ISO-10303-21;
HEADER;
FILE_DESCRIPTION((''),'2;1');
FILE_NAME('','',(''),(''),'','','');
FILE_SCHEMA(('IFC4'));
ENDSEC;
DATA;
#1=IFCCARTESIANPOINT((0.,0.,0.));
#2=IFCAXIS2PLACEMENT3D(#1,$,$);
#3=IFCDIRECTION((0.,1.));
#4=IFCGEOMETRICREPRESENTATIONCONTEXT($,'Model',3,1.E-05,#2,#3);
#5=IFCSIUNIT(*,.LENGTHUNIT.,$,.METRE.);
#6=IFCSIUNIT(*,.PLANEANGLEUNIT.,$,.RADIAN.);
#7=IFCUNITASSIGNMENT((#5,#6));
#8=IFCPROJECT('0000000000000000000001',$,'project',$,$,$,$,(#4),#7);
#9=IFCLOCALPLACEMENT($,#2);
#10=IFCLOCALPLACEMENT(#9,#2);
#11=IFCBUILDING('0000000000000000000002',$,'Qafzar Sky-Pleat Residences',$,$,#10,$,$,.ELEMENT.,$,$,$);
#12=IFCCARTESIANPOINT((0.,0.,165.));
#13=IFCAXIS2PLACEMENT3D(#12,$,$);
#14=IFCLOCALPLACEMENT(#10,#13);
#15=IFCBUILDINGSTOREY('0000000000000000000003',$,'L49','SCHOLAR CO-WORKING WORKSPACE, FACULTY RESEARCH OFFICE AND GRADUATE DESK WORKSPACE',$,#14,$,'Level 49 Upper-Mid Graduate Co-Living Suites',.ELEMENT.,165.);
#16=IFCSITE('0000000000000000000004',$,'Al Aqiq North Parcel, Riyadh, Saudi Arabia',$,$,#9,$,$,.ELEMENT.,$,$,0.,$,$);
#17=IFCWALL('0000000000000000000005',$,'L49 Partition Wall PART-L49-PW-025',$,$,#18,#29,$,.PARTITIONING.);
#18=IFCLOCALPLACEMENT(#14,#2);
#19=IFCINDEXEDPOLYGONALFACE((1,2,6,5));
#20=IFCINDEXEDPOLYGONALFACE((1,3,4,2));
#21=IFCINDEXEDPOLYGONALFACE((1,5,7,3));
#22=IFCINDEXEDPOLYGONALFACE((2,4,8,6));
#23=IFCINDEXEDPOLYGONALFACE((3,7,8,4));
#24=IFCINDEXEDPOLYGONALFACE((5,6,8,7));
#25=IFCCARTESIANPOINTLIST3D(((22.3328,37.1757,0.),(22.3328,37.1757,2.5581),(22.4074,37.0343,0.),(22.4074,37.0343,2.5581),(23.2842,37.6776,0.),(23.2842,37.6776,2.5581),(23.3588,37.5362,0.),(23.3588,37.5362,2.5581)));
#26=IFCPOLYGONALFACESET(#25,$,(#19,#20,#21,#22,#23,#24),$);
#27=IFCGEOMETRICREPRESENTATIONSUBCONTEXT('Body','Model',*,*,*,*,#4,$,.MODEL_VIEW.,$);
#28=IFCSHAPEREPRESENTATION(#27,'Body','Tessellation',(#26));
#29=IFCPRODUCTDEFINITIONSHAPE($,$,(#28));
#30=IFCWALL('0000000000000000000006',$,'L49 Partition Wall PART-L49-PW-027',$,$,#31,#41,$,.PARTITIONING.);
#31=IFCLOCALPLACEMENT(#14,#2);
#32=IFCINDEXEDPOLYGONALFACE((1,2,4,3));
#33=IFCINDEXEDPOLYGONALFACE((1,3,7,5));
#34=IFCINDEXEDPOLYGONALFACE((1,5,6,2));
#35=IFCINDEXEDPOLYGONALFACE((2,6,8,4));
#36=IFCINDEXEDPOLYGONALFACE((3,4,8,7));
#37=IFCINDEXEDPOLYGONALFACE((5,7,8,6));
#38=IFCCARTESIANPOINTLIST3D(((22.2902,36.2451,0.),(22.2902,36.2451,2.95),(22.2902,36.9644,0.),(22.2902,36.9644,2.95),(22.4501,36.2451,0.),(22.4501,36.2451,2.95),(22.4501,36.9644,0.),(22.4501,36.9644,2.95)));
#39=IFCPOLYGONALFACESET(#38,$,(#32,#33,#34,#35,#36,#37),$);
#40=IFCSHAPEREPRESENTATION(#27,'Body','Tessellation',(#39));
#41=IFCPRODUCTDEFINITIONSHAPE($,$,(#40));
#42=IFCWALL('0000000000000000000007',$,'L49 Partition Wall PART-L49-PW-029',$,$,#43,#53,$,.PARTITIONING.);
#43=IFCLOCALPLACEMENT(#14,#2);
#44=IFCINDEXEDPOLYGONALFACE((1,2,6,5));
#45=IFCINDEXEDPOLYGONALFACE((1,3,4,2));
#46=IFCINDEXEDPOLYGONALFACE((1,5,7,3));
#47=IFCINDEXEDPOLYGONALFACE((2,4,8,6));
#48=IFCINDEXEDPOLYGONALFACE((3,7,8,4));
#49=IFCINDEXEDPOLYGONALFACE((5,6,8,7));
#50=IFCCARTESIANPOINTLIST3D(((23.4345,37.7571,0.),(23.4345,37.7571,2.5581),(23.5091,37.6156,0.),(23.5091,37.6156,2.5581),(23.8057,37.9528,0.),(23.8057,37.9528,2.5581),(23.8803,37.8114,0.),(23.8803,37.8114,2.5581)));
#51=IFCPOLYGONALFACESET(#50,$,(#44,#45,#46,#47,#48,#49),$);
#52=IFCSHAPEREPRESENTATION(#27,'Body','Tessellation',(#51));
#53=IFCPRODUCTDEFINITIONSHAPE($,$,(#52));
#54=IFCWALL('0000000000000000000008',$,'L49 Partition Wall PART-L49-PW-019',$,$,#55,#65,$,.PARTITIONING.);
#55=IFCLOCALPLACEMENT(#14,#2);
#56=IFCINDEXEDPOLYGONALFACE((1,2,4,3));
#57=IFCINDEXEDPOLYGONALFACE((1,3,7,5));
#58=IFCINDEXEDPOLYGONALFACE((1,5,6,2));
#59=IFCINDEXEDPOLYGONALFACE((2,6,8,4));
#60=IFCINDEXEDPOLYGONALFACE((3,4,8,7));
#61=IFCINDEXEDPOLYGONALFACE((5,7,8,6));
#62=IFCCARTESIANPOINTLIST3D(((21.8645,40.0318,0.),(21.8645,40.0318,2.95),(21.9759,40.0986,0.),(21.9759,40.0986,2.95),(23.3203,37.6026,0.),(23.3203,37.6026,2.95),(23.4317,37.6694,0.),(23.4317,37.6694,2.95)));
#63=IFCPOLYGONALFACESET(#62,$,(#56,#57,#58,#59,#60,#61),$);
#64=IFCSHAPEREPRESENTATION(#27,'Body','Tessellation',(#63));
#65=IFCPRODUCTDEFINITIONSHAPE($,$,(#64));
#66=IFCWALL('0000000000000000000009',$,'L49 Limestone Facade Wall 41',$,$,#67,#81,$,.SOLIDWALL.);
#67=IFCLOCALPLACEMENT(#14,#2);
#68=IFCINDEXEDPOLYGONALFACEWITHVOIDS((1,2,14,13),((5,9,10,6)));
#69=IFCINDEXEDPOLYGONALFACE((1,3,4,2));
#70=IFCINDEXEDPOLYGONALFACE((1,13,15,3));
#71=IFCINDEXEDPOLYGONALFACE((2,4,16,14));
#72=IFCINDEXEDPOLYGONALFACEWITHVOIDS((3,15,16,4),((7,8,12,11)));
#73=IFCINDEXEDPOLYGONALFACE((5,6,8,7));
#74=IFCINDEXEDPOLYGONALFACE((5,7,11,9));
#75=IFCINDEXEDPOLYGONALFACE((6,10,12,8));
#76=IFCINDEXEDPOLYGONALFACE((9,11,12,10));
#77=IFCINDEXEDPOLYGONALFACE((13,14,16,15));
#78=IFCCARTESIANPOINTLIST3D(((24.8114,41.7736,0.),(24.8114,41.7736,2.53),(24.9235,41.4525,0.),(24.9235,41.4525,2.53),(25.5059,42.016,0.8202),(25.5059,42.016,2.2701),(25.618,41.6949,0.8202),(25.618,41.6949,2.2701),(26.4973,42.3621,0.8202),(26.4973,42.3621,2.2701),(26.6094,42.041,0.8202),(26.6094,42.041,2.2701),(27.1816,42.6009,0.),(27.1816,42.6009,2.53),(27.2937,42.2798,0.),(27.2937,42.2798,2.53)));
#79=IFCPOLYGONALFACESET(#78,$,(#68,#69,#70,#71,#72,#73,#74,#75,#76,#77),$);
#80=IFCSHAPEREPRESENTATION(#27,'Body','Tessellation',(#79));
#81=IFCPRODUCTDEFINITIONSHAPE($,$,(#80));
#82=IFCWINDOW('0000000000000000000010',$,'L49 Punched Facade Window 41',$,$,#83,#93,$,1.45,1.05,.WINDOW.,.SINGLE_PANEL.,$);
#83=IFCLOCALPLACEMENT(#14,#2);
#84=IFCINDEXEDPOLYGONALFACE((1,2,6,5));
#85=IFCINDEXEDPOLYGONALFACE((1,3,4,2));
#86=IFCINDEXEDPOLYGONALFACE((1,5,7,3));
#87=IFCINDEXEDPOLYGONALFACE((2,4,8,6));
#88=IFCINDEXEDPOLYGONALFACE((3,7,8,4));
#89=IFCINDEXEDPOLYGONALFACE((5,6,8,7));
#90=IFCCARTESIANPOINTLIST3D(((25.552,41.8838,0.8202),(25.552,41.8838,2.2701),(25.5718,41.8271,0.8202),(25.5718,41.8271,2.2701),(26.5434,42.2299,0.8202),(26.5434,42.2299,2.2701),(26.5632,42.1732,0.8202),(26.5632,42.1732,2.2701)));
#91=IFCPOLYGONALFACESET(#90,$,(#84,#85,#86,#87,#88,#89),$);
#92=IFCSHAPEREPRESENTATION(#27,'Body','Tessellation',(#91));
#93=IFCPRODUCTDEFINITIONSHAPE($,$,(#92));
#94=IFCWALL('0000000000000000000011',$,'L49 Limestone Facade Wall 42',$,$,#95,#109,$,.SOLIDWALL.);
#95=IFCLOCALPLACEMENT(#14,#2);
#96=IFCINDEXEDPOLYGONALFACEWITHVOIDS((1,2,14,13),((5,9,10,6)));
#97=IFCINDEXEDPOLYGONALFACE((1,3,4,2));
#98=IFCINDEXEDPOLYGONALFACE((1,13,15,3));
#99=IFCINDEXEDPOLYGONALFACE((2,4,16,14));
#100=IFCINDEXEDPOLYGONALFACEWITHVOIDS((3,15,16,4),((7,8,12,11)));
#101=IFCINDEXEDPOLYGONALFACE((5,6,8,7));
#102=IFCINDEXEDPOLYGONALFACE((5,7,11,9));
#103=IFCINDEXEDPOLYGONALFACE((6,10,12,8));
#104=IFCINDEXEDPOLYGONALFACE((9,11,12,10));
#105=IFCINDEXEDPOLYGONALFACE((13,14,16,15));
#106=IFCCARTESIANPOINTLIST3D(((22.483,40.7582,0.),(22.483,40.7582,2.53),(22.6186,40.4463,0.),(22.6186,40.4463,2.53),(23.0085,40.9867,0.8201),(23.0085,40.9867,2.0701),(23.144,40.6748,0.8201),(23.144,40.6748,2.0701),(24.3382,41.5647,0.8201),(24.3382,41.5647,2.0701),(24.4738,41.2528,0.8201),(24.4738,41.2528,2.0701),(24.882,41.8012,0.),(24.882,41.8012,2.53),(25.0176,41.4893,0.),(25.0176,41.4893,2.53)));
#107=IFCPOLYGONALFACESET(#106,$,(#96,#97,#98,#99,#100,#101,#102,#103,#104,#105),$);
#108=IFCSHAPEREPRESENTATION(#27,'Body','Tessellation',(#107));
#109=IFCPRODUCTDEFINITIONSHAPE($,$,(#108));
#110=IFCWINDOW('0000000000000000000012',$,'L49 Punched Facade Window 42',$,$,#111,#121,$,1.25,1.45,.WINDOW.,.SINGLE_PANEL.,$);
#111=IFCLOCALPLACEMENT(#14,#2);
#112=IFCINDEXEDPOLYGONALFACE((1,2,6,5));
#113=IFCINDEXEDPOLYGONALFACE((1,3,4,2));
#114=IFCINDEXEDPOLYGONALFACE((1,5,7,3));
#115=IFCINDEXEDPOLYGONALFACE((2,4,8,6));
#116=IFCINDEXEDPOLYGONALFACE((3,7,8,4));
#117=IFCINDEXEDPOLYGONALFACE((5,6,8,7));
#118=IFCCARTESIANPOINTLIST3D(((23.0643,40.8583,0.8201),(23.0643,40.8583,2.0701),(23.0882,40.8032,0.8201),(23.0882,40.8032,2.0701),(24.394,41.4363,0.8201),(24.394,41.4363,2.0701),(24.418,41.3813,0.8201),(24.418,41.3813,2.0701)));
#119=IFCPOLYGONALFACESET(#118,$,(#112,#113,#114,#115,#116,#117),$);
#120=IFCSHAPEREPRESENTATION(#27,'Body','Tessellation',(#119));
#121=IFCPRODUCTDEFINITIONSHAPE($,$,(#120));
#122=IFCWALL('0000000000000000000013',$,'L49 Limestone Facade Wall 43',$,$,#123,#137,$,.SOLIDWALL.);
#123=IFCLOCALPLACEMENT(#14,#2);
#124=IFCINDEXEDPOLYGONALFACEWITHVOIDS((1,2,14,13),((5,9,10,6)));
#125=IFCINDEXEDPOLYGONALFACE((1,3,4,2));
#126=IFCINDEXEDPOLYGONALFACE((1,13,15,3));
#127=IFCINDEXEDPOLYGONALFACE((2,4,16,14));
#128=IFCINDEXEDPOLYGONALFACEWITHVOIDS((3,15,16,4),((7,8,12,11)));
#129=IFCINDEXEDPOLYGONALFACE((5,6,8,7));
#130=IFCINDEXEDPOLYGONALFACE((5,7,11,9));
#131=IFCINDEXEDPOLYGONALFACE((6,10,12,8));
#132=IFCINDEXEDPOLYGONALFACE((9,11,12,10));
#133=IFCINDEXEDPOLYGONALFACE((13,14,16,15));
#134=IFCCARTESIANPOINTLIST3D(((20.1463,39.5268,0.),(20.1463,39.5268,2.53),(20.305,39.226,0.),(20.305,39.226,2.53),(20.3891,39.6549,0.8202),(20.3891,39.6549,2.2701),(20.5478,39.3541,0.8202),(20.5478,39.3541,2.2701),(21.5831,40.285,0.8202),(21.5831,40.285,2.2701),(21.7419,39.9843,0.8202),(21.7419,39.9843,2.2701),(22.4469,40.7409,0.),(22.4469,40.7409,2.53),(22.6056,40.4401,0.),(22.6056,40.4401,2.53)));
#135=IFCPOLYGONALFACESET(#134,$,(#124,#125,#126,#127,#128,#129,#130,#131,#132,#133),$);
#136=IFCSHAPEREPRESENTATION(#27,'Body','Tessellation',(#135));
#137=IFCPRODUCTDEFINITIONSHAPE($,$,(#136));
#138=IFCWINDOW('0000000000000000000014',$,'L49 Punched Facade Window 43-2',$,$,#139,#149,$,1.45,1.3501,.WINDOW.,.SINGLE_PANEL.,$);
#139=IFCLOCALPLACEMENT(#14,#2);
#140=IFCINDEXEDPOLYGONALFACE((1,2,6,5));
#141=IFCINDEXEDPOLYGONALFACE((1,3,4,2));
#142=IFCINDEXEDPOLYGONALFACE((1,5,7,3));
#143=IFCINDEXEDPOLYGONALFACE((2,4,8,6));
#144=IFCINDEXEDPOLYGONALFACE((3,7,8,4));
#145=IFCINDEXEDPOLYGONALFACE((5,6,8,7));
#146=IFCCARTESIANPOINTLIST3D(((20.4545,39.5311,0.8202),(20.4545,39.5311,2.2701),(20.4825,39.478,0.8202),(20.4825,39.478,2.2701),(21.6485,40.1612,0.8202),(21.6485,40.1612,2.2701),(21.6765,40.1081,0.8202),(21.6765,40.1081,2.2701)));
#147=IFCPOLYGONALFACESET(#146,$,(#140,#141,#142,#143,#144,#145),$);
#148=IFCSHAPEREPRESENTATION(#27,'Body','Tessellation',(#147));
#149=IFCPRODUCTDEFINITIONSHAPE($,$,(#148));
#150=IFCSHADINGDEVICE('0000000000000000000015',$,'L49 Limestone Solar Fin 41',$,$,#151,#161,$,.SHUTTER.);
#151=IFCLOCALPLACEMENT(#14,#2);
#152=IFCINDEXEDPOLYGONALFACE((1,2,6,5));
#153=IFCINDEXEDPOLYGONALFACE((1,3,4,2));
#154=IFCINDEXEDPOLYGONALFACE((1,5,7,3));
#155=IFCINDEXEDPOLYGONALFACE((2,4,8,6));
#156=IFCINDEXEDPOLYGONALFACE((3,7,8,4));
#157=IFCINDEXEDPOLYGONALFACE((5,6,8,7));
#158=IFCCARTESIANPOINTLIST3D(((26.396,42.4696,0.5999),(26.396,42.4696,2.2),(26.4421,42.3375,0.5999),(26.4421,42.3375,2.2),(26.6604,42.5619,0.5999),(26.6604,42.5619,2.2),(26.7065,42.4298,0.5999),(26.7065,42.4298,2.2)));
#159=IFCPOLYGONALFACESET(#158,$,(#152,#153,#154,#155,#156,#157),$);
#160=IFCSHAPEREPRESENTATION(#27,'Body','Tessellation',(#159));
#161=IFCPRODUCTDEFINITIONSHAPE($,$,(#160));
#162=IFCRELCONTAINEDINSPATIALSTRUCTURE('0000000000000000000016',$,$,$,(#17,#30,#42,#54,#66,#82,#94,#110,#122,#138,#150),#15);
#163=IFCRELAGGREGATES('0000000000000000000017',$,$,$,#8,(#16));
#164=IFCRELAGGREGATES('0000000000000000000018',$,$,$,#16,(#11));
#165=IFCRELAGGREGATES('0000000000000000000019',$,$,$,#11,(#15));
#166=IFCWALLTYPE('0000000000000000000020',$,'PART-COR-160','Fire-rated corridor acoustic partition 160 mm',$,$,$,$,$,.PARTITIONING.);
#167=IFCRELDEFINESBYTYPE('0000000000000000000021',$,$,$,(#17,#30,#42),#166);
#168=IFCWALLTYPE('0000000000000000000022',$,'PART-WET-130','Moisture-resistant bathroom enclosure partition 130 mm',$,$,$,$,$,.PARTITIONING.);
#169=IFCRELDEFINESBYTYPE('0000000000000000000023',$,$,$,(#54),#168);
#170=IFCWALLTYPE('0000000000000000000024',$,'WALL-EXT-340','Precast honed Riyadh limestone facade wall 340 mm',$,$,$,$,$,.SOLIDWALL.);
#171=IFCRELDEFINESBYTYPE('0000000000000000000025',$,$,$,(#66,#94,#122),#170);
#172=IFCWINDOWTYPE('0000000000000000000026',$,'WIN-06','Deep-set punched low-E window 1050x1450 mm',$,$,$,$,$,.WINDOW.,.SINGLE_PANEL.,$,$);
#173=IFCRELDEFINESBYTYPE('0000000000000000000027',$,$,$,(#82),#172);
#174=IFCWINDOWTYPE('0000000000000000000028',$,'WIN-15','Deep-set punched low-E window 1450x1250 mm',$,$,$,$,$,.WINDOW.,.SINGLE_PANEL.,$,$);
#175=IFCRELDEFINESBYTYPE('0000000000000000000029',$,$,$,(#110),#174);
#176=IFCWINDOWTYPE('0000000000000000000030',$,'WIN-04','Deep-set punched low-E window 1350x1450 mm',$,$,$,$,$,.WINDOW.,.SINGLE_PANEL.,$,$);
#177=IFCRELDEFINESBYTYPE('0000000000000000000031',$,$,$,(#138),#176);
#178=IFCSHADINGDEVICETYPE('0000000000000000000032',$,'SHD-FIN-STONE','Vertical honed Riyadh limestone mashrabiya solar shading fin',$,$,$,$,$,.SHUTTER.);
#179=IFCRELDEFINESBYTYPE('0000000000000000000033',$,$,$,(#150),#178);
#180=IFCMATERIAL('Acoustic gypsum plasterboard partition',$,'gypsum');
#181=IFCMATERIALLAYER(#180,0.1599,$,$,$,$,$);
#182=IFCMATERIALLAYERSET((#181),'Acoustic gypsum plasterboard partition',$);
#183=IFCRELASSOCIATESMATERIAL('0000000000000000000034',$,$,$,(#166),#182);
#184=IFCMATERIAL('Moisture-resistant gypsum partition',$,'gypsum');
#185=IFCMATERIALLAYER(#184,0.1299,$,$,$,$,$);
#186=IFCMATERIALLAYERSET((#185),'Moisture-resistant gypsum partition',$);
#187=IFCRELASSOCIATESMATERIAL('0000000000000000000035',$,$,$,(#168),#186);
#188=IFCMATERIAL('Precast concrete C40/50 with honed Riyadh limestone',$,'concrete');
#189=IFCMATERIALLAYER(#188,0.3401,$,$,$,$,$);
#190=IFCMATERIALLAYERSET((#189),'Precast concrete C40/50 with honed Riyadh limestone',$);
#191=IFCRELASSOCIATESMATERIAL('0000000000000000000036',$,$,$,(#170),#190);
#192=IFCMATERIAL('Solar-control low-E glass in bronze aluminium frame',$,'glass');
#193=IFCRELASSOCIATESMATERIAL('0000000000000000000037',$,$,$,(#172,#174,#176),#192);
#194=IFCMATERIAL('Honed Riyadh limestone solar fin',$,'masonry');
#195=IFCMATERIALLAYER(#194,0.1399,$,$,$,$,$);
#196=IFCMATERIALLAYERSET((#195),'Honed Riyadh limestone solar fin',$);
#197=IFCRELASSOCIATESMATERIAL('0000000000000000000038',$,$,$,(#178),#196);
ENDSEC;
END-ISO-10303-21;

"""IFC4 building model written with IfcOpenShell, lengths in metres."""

from ifc_helpers import new_model, si_unit, direction, frame, frame_2d, origin, origin_2d, place, context, subcontext, project, spatial, rectangle, extrude, source, transform, mapped, material, layer, layer_set, type_object, element, fill, save


model = new_model("IFC4")

# Units and contexts
model_context = context("Model", 3, precision=1e-05, world=origin(), true_north=direction((0.0, 1.0)))
body_context = subcontext(model_context, "Body", "Model", "MODEL_VIEW")
ifc_project = project(units=[si_unit("LENGTHUNIT", "METRE"), si_unit("PLANEANGLEUNIT", "RADIAN")], contexts=[model_context])

# Site, building, storey
site_placement = place(None, origin())
site = spatial("IfcSite", under=ifc_project, at=site_placement, Name="Al Aqiq North Parcel, Riyadh, Saudi Arabia", CompositionType="ELEMENT", RefElevation=0.0)
building_placement = place(site_placement, origin())
building = spatial("IfcBuilding", under=site, at=building_placement, Name="Qafzar Sky-Pleat Residences", CompositionType="ELEMENT")
storey_placement = place(building_placement, frame((0.0, 0.0, 165.0)))
storey = spatial("IfcBuildingStorey", under=building, at=storey_placement, Name="L49", Description="SCHOLAR CO-WORKING WORKSPACE, FACULTY RESEARCH OFFICE AND GRADUATE DESK WORKSPACE", LongName="Level 49 Upper-Mid Graduate Co-Living Suites", CompositionType="ELEMENT", Elevation=165.0)

# Walls
ifc_material_1 = material(Name="Acoustic gypsum plasterboard partition", Category="gypsum")
ifc_layer_1 = layer(ifc_material_1, 0.1599)
ifc_layer_set_1 = layer_set([ifc_layer_1], Name="Acoustic gypsum plasterboard partition")
wall_type_1 = type_object("IfcWallType", Name="PART-COR-160", Description="Fire-rated corridor acoustic partition 160 mm", PredefinedType="PARTITIONING", material=ifc_layer_set_1)
wall_1_placement = place(storey_placement, frame((22.3701, 37.105, 0.0), z_axis=(0.0, 0.0, 1.0), x_axis=(0.884455, 0.466625, 0.0)))
element("IfcWall", 1, at=wall_1_placement, inside=storey, type_object=wall_type_1, Name="L49 Partition Wall PART-L49-PW-025", PredefinedType="PARTITIONING", context=body_context, shape_type="SweptSolid", body=[
    extrude(rectangle(XDim=1.0757, YDim=0.1599, at=frame_2d((0.5378, 0.0))), origin(), (0.0, 0.0, 1.0), 2.5581),
])
wall_2_placement = place(storey_placement, frame((22.3701, 36.2451, 0.0), z_axis=(0.0, 0.0, 1.0), x_axis=(0.0, 1.0, 0.0)))
element("IfcWall", 2, at=wall_2_placement, inside=storey, type_object=wall_type_1, Name="L49 Partition Wall PART-L49-PW-027", PredefinedType="PARTITIONING", context=body_context, shape_type="SweptSolid", body=[
    extrude(rectangle(XDim=0.7192, YDim=0.1599, at=frame_2d((0.3596, 0.0))), origin(), (0.0, 0.0, 1.0), 2.95),
])
wall_3_placement = place(storey_placement, frame((23.4717, 37.6863, 0.0), z_axis=(0.0, 0.0, 1.0), x_axis=(0.884565, 0.466417, 0.0)))
element("IfcWall", 3, at=wall_3_placement, inside=storey, type_object=wall_type_1, Name="L49 Partition Wall PART-L49-PW-029", PredefinedType="PARTITIONING", context=body_context, shape_type="SweptSolid", body=[
    extrude(rectangle(XDim=0.4197, YDim=0.1599, at=frame_2d((0.21, 0.0))), origin(), (0.0, 0.0, 1.0), 2.5581),
])
ifc_material_2 = material(Name="Moisture-resistant gypsum partition", Category="gypsum")
ifc_layer_2 = layer(ifc_material_2, 0.1299)
ifc_layer_set_2 = layer_set([ifc_layer_2], Name="Moisture-resistant gypsum partition")
wall_type_2 = type_object("IfcWallType", Name="PART-WET-130", Description="Moisture-resistant bathroom enclosure partition 130 mm", PredefinedType="PARTITIONING", material=ifc_layer_set_2)
wall_4_placement = place(storey_placement, frame((21.9202, 40.0652, 0.0), z_axis=(0.0, 0.0, 1.0), x_axis=(0.514052, -0.857759, 0.0)))
element("IfcWall", 4, at=wall_4_placement, inside=storey, type_object=wall_type_2, Name="L49 Partition Wall PART-L49-PW-019", PredefinedType="PARTITIONING", context=body_context, shape_type="SweptSolid", body=[
    extrude(rectangle(XDim=2.832, YDim=0.1299, at=frame_2d((1.416, 0.0))), origin(), (0.0, 0.0, 1.0), 2.95),
])

# Walls, openings, windows
ifc_material_3 = material(Name="Precast concrete C40/50 with honed Riyadh limestone", Category="concrete")
ifc_layer_3 = layer(ifc_material_3, 0.3401)
ifc_layer_set_3 = layer_set([ifc_layer_3], Name="Precast concrete C40/50 with honed Riyadh limestone")
wall_type_3 = type_object("IfcWallType", Name="WALL-EXT-340", Description="Precast honed Riyadh limestone facade wall 340 mm", PredefinedType="SOLIDWALL", material=ifc_layer_set_3)
wall_5_placement = place(storey_placement, frame((27.2378, 42.4404, 0.0), z_axis=(0.0, 0.0, 1.0), x_axis=(-0.944135, -0.329558, 0.0)))
wall_5 = element("IfcWall", 5, at=wall_5_placement, inside=storey, type_object=wall_type_3, Name="L49 Limestone Facade Wall 41", PredefinedType="SOLIDWALL", context=body_context, shape_type="SweptSolid", body=[
    extrude(rectangle(XDim=2.5105, YDim=0.3401, at=frame_2d((1.2554, 0.0))), origin(), (0.0, 0.0, 1.0), 2.53),
])
opening_1_placement = place(wall_5_placement, frame((0.7251, 0.0, 0.8201)))
opening_1 = element("IfcOpeningElement", 6, at=opening_1_placement, cuts=wall_5, PredefinedType="OPENING", context=body_context, shape_type="SweptSolid", body=[
    extrude(rectangle(XDim=1.05, YDim=1.45, at=frame_2d((0.5249, 0.7251))), frame((0.0, 0.1802, 0.0), z_axis=(0.0, -1.0, 0.0), x_axis=(1.0, 0.0, 0.0)), (0.0, 0.0, 1.0), 0.3601),
])
ifc_material_4 = material(Name="Solar-control low-E glass in bronze aluminium frame", Category="glass")
window_type_1 = type_object("IfcWindowType", Name="WIN-06", Description="Deep-set punched low-E window 1050x1450 mm", PartitioningType="SINGLE_PANEL", PredefinedType="WINDOW", material=ifc_material_4)
shared_shape_1 = source(origin(), body_context, "Body", "SweptSolid", [
    extrude(rectangle(XDim=1.05, YDim=1.45, at=frame_2d((0.5249, 0.7251))), frame((0.0, 0.03, 0.0), z_axis=(0.0, -1.0, 0.0), x_axis=(1.0, 0.0, 0.0)), (0.0, 0.0, 1.0), 0.0601),
])
window_1_placement = place(opening_1_placement, origin())
window_1 = element("IfcWindow", 7, at=window_1_placement, inside=storey, type_object=window_type_1, Name="L49 Punched Facade Window 41", OverallHeight=1.45, OverallWidth=1.05, PartitioningType="SINGLE_PANEL", PredefinedType="WINDOW", context=body_context, shape_type="MappedRepresentation", body=[
    mapped(shared_shape_1, transform((0.0, 0.0, 0.0), x_axis=(1.0, 0.0, 0.0), y_axis=(0.0, 1.0, 0.0), z_axis=(0.0, 0.0, 1.0), scale=1.0)),
])
fill(opening_1, window_1)
wall_6_placement = place(storey_placement, frame((24.95, 41.6453, 0.0), z_axis=(0.0, 0.0, 1.0), x_axis=(-0.917091, -0.398678, 0.0)))
wall_6 = element("IfcWall", 8, at=wall_6_placement, inside=storey, type_object=wall_type_3, Name="L49 Limestone Facade Wall 42", PredefinedType="SOLIDWALL", context=body_context, shape_type="SweptSolid", body=[
    extrude(rectangle(XDim=2.616, YDim=0.3401, at=frame_2d((1.3081, 0.0))), origin(), (0.0, 0.0, 1.0), 2.53),
])
opening_2_placement = place(wall_6_placement, frame((0.593, 0.0, 0.8201)))
opening_2 = element("IfcOpeningElement", 9, at=opening_2_placement, cuts=wall_6, PredefinedType="OPENING", context=body_context, shape_type="SweptSolid", body=[
    extrude(rectangle(XDim=1.45, YDim=1.25, at=frame_2d((0.7251, 0.625))), frame((0.0, 0.1802, 0.0), z_axis=(0.0, -1.0, 0.0), x_axis=(1.0, 0.0, 0.0)), (0.0, 0.0, 1.0), 0.3601),
])
window_type_2 = type_object("IfcWindowType", Name="WIN-15", Description="Deep-set punched low-E window 1450x1250 mm", PartitioningType="SINGLE_PANEL", PredefinedType="WINDOW", material=ifc_material_4)
shared_shape_2 = source(origin(), body_context, "Body", "SweptSolid", [
    extrude(rectangle(XDim=1.45, YDim=1.25, at=frame_2d((0.7251, 0.625))), frame((0.0, 0.03, 0.0), z_axis=(0.0, -1.0, 0.0), x_axis=(1.0, 0.0, 0.0)), (0.0, 0.0, 1.0), 0.0601),
])
window_2_placement = place(opening_2_placement, origin())
window_2 = element("IfcWindow", 10, at=window_2_placement, inside=storey, type_object=window_type_2, Name="L49 Punched Facade Window 42", OverallHeight=1.25, OverallWidth=1.45, PartitioningType="SINGLE_PANEL", PredefinedType="WINDOW", context=body_context, shape_type="MappedRepresentation", body=[
    mapped(shared_shape_2, transform((0.0, 0.0, 0.0), x_axis=(1.0, 0.0, 0.0), y_axis=(0.0, 1.0, 0.0), z_axis=(0.0, 0.0, 1.0), scale=1.0)),
])
fill(opening_2, window_2)
wall_7_placement = place(storey_placement, frame((22.5264, 40.5906, 0.0), z_axis=(0.0, 0.0, 1.0), x_axis=(-0.884394, -0.46674, 0.0)))
wall_7 = element("IfcWall", 11, at=wall_7_placement, inside=storey, type_object=wall_type_3, Name="L49 Limestone Facade Wall 43", PredefinedType="SOLIDWALL", context=body_context, shape_type="SweptSolid", body=[
    extrude(rectangle(XDim=2.6013, YDim=0.3401, at=frame_2d((1.3008, 0.0))), origin(), (0.0, 0.0, 1.0), 2.53),
])
opening_3_placement = place(wall_7_placement, frame((0.9768, 0.0, 0.8201)))
opening_3 = element("IfcOpeningElement", 12, at=opening_3_placement, cuts=wall_7, PredefinedType="OPENING", context=body_context, shape_type="SweptSolid", body=[
    extrude(rectangle(XDim=1.3501, YDim=1.45, at=frame_2d((0.675, 0.7251))), frame((0.0, 0.1802, 0.0), z_axis=(0.0, -1.0, 0.0), x_axis=(1.0, 0.0, 0.0)), (0.0, 0.0, 1.0), 0.3601),
])
window_type_3 = type_object("IfcWindowType", Name="WIN-04", Description="Deep-set punched low-E window 1350x1450 mm", PartitioningType="SINGLE_PANEL", PredefinedType="WINDOW", material=ifc_material_4)
shared_shape_3 = source(origin(), body_context, "Body", "SweptSolid", [
    extrude(rectangle(XDim=1.3501, YDim=1.45, at=frame_2d((0.675, 0.7251))), frame((0.0, 0.03, 0.0), z_axis=(0.0, -1.0, 0.0), x_axis=(1.0, 0.0, 0.0)), (0.0, 0.0, 1.0), 0.0601),
])
window_3_placement = place(opening_3_placement, origin())
window_3 = element("IfcWindow", 13, at=window_3_placement, inside=storey, type_object=window_type_3, Name="L49 Punched Facade Window 43-2", OverallHeight=1.45, OverallWidth=1.3501, PartitioningType="SINGLE_PANEL", PredefinedType="WINDOW", context=body_context, shape_type="MappedRepresentation", body=[
    mapped(shared_shape_3, transform((0.0, 0.0, 0.0), x_axis=(1.0, 0.0, 0.0), y_axis=(0.0, 1.0, 0.0), z_axis=(0.0, 0.0, 1.0), scale=1.0)),
])
fill(opening_3, window_3)

# Shading device
ifc_material_5 = material(Name="Honed Riyadh limestone solar fin", Category="masonry")
ifc_layer_4 = layer(ifc_material_5, 0.1399)
ifc_layer_set_4 = layer_set([ifc_layer_4], Name="Honed Riyadh limestone solar fin")
shading_device_type = type_object("IfcShadingDeviceType", Name="SHD-FIN-STONE", Description="Vertical honed Riyadh limestone mashrabiya solar shading fin", PredefinedType="SHUTTER", material=ifc_layer_set_4)
shared_shape_4 = source(origin(), body_context, "Body", "SweptSolid", [
    extrude(rectangle(XDim=0.1399, YDim=0.28, at=origin_2d()), origin(), (0.0, 0.0, 1.0), 1.6001),
])
shading_device_placement = place(storey_placement, frame((26.5513, 42.4497, 0.5999), z_axis=(0.0, 0.0, 1.0), x_axis=(-0.329555, 0.944136, 0.0)))
element("IfcShadingDevice", 14, at=shading_device_placement, inside=storey, type_object=shading_device_type, Name="L49 Limestone Solar Fin 41", PredefinedType="SHUTTER", context=body_context, shape_type="MappedRepresentation", body=[
    mapped(shared_shape_4, transform((0.0, 0.0, 0.0), x_axis=(1.0, 0.0, 0.0), y_axis=(0.0, 1.0, 0.0), z_axis=(0.0, 0.0, 1.0), scale=1.0)),
])

save(model, "model.ifc")
